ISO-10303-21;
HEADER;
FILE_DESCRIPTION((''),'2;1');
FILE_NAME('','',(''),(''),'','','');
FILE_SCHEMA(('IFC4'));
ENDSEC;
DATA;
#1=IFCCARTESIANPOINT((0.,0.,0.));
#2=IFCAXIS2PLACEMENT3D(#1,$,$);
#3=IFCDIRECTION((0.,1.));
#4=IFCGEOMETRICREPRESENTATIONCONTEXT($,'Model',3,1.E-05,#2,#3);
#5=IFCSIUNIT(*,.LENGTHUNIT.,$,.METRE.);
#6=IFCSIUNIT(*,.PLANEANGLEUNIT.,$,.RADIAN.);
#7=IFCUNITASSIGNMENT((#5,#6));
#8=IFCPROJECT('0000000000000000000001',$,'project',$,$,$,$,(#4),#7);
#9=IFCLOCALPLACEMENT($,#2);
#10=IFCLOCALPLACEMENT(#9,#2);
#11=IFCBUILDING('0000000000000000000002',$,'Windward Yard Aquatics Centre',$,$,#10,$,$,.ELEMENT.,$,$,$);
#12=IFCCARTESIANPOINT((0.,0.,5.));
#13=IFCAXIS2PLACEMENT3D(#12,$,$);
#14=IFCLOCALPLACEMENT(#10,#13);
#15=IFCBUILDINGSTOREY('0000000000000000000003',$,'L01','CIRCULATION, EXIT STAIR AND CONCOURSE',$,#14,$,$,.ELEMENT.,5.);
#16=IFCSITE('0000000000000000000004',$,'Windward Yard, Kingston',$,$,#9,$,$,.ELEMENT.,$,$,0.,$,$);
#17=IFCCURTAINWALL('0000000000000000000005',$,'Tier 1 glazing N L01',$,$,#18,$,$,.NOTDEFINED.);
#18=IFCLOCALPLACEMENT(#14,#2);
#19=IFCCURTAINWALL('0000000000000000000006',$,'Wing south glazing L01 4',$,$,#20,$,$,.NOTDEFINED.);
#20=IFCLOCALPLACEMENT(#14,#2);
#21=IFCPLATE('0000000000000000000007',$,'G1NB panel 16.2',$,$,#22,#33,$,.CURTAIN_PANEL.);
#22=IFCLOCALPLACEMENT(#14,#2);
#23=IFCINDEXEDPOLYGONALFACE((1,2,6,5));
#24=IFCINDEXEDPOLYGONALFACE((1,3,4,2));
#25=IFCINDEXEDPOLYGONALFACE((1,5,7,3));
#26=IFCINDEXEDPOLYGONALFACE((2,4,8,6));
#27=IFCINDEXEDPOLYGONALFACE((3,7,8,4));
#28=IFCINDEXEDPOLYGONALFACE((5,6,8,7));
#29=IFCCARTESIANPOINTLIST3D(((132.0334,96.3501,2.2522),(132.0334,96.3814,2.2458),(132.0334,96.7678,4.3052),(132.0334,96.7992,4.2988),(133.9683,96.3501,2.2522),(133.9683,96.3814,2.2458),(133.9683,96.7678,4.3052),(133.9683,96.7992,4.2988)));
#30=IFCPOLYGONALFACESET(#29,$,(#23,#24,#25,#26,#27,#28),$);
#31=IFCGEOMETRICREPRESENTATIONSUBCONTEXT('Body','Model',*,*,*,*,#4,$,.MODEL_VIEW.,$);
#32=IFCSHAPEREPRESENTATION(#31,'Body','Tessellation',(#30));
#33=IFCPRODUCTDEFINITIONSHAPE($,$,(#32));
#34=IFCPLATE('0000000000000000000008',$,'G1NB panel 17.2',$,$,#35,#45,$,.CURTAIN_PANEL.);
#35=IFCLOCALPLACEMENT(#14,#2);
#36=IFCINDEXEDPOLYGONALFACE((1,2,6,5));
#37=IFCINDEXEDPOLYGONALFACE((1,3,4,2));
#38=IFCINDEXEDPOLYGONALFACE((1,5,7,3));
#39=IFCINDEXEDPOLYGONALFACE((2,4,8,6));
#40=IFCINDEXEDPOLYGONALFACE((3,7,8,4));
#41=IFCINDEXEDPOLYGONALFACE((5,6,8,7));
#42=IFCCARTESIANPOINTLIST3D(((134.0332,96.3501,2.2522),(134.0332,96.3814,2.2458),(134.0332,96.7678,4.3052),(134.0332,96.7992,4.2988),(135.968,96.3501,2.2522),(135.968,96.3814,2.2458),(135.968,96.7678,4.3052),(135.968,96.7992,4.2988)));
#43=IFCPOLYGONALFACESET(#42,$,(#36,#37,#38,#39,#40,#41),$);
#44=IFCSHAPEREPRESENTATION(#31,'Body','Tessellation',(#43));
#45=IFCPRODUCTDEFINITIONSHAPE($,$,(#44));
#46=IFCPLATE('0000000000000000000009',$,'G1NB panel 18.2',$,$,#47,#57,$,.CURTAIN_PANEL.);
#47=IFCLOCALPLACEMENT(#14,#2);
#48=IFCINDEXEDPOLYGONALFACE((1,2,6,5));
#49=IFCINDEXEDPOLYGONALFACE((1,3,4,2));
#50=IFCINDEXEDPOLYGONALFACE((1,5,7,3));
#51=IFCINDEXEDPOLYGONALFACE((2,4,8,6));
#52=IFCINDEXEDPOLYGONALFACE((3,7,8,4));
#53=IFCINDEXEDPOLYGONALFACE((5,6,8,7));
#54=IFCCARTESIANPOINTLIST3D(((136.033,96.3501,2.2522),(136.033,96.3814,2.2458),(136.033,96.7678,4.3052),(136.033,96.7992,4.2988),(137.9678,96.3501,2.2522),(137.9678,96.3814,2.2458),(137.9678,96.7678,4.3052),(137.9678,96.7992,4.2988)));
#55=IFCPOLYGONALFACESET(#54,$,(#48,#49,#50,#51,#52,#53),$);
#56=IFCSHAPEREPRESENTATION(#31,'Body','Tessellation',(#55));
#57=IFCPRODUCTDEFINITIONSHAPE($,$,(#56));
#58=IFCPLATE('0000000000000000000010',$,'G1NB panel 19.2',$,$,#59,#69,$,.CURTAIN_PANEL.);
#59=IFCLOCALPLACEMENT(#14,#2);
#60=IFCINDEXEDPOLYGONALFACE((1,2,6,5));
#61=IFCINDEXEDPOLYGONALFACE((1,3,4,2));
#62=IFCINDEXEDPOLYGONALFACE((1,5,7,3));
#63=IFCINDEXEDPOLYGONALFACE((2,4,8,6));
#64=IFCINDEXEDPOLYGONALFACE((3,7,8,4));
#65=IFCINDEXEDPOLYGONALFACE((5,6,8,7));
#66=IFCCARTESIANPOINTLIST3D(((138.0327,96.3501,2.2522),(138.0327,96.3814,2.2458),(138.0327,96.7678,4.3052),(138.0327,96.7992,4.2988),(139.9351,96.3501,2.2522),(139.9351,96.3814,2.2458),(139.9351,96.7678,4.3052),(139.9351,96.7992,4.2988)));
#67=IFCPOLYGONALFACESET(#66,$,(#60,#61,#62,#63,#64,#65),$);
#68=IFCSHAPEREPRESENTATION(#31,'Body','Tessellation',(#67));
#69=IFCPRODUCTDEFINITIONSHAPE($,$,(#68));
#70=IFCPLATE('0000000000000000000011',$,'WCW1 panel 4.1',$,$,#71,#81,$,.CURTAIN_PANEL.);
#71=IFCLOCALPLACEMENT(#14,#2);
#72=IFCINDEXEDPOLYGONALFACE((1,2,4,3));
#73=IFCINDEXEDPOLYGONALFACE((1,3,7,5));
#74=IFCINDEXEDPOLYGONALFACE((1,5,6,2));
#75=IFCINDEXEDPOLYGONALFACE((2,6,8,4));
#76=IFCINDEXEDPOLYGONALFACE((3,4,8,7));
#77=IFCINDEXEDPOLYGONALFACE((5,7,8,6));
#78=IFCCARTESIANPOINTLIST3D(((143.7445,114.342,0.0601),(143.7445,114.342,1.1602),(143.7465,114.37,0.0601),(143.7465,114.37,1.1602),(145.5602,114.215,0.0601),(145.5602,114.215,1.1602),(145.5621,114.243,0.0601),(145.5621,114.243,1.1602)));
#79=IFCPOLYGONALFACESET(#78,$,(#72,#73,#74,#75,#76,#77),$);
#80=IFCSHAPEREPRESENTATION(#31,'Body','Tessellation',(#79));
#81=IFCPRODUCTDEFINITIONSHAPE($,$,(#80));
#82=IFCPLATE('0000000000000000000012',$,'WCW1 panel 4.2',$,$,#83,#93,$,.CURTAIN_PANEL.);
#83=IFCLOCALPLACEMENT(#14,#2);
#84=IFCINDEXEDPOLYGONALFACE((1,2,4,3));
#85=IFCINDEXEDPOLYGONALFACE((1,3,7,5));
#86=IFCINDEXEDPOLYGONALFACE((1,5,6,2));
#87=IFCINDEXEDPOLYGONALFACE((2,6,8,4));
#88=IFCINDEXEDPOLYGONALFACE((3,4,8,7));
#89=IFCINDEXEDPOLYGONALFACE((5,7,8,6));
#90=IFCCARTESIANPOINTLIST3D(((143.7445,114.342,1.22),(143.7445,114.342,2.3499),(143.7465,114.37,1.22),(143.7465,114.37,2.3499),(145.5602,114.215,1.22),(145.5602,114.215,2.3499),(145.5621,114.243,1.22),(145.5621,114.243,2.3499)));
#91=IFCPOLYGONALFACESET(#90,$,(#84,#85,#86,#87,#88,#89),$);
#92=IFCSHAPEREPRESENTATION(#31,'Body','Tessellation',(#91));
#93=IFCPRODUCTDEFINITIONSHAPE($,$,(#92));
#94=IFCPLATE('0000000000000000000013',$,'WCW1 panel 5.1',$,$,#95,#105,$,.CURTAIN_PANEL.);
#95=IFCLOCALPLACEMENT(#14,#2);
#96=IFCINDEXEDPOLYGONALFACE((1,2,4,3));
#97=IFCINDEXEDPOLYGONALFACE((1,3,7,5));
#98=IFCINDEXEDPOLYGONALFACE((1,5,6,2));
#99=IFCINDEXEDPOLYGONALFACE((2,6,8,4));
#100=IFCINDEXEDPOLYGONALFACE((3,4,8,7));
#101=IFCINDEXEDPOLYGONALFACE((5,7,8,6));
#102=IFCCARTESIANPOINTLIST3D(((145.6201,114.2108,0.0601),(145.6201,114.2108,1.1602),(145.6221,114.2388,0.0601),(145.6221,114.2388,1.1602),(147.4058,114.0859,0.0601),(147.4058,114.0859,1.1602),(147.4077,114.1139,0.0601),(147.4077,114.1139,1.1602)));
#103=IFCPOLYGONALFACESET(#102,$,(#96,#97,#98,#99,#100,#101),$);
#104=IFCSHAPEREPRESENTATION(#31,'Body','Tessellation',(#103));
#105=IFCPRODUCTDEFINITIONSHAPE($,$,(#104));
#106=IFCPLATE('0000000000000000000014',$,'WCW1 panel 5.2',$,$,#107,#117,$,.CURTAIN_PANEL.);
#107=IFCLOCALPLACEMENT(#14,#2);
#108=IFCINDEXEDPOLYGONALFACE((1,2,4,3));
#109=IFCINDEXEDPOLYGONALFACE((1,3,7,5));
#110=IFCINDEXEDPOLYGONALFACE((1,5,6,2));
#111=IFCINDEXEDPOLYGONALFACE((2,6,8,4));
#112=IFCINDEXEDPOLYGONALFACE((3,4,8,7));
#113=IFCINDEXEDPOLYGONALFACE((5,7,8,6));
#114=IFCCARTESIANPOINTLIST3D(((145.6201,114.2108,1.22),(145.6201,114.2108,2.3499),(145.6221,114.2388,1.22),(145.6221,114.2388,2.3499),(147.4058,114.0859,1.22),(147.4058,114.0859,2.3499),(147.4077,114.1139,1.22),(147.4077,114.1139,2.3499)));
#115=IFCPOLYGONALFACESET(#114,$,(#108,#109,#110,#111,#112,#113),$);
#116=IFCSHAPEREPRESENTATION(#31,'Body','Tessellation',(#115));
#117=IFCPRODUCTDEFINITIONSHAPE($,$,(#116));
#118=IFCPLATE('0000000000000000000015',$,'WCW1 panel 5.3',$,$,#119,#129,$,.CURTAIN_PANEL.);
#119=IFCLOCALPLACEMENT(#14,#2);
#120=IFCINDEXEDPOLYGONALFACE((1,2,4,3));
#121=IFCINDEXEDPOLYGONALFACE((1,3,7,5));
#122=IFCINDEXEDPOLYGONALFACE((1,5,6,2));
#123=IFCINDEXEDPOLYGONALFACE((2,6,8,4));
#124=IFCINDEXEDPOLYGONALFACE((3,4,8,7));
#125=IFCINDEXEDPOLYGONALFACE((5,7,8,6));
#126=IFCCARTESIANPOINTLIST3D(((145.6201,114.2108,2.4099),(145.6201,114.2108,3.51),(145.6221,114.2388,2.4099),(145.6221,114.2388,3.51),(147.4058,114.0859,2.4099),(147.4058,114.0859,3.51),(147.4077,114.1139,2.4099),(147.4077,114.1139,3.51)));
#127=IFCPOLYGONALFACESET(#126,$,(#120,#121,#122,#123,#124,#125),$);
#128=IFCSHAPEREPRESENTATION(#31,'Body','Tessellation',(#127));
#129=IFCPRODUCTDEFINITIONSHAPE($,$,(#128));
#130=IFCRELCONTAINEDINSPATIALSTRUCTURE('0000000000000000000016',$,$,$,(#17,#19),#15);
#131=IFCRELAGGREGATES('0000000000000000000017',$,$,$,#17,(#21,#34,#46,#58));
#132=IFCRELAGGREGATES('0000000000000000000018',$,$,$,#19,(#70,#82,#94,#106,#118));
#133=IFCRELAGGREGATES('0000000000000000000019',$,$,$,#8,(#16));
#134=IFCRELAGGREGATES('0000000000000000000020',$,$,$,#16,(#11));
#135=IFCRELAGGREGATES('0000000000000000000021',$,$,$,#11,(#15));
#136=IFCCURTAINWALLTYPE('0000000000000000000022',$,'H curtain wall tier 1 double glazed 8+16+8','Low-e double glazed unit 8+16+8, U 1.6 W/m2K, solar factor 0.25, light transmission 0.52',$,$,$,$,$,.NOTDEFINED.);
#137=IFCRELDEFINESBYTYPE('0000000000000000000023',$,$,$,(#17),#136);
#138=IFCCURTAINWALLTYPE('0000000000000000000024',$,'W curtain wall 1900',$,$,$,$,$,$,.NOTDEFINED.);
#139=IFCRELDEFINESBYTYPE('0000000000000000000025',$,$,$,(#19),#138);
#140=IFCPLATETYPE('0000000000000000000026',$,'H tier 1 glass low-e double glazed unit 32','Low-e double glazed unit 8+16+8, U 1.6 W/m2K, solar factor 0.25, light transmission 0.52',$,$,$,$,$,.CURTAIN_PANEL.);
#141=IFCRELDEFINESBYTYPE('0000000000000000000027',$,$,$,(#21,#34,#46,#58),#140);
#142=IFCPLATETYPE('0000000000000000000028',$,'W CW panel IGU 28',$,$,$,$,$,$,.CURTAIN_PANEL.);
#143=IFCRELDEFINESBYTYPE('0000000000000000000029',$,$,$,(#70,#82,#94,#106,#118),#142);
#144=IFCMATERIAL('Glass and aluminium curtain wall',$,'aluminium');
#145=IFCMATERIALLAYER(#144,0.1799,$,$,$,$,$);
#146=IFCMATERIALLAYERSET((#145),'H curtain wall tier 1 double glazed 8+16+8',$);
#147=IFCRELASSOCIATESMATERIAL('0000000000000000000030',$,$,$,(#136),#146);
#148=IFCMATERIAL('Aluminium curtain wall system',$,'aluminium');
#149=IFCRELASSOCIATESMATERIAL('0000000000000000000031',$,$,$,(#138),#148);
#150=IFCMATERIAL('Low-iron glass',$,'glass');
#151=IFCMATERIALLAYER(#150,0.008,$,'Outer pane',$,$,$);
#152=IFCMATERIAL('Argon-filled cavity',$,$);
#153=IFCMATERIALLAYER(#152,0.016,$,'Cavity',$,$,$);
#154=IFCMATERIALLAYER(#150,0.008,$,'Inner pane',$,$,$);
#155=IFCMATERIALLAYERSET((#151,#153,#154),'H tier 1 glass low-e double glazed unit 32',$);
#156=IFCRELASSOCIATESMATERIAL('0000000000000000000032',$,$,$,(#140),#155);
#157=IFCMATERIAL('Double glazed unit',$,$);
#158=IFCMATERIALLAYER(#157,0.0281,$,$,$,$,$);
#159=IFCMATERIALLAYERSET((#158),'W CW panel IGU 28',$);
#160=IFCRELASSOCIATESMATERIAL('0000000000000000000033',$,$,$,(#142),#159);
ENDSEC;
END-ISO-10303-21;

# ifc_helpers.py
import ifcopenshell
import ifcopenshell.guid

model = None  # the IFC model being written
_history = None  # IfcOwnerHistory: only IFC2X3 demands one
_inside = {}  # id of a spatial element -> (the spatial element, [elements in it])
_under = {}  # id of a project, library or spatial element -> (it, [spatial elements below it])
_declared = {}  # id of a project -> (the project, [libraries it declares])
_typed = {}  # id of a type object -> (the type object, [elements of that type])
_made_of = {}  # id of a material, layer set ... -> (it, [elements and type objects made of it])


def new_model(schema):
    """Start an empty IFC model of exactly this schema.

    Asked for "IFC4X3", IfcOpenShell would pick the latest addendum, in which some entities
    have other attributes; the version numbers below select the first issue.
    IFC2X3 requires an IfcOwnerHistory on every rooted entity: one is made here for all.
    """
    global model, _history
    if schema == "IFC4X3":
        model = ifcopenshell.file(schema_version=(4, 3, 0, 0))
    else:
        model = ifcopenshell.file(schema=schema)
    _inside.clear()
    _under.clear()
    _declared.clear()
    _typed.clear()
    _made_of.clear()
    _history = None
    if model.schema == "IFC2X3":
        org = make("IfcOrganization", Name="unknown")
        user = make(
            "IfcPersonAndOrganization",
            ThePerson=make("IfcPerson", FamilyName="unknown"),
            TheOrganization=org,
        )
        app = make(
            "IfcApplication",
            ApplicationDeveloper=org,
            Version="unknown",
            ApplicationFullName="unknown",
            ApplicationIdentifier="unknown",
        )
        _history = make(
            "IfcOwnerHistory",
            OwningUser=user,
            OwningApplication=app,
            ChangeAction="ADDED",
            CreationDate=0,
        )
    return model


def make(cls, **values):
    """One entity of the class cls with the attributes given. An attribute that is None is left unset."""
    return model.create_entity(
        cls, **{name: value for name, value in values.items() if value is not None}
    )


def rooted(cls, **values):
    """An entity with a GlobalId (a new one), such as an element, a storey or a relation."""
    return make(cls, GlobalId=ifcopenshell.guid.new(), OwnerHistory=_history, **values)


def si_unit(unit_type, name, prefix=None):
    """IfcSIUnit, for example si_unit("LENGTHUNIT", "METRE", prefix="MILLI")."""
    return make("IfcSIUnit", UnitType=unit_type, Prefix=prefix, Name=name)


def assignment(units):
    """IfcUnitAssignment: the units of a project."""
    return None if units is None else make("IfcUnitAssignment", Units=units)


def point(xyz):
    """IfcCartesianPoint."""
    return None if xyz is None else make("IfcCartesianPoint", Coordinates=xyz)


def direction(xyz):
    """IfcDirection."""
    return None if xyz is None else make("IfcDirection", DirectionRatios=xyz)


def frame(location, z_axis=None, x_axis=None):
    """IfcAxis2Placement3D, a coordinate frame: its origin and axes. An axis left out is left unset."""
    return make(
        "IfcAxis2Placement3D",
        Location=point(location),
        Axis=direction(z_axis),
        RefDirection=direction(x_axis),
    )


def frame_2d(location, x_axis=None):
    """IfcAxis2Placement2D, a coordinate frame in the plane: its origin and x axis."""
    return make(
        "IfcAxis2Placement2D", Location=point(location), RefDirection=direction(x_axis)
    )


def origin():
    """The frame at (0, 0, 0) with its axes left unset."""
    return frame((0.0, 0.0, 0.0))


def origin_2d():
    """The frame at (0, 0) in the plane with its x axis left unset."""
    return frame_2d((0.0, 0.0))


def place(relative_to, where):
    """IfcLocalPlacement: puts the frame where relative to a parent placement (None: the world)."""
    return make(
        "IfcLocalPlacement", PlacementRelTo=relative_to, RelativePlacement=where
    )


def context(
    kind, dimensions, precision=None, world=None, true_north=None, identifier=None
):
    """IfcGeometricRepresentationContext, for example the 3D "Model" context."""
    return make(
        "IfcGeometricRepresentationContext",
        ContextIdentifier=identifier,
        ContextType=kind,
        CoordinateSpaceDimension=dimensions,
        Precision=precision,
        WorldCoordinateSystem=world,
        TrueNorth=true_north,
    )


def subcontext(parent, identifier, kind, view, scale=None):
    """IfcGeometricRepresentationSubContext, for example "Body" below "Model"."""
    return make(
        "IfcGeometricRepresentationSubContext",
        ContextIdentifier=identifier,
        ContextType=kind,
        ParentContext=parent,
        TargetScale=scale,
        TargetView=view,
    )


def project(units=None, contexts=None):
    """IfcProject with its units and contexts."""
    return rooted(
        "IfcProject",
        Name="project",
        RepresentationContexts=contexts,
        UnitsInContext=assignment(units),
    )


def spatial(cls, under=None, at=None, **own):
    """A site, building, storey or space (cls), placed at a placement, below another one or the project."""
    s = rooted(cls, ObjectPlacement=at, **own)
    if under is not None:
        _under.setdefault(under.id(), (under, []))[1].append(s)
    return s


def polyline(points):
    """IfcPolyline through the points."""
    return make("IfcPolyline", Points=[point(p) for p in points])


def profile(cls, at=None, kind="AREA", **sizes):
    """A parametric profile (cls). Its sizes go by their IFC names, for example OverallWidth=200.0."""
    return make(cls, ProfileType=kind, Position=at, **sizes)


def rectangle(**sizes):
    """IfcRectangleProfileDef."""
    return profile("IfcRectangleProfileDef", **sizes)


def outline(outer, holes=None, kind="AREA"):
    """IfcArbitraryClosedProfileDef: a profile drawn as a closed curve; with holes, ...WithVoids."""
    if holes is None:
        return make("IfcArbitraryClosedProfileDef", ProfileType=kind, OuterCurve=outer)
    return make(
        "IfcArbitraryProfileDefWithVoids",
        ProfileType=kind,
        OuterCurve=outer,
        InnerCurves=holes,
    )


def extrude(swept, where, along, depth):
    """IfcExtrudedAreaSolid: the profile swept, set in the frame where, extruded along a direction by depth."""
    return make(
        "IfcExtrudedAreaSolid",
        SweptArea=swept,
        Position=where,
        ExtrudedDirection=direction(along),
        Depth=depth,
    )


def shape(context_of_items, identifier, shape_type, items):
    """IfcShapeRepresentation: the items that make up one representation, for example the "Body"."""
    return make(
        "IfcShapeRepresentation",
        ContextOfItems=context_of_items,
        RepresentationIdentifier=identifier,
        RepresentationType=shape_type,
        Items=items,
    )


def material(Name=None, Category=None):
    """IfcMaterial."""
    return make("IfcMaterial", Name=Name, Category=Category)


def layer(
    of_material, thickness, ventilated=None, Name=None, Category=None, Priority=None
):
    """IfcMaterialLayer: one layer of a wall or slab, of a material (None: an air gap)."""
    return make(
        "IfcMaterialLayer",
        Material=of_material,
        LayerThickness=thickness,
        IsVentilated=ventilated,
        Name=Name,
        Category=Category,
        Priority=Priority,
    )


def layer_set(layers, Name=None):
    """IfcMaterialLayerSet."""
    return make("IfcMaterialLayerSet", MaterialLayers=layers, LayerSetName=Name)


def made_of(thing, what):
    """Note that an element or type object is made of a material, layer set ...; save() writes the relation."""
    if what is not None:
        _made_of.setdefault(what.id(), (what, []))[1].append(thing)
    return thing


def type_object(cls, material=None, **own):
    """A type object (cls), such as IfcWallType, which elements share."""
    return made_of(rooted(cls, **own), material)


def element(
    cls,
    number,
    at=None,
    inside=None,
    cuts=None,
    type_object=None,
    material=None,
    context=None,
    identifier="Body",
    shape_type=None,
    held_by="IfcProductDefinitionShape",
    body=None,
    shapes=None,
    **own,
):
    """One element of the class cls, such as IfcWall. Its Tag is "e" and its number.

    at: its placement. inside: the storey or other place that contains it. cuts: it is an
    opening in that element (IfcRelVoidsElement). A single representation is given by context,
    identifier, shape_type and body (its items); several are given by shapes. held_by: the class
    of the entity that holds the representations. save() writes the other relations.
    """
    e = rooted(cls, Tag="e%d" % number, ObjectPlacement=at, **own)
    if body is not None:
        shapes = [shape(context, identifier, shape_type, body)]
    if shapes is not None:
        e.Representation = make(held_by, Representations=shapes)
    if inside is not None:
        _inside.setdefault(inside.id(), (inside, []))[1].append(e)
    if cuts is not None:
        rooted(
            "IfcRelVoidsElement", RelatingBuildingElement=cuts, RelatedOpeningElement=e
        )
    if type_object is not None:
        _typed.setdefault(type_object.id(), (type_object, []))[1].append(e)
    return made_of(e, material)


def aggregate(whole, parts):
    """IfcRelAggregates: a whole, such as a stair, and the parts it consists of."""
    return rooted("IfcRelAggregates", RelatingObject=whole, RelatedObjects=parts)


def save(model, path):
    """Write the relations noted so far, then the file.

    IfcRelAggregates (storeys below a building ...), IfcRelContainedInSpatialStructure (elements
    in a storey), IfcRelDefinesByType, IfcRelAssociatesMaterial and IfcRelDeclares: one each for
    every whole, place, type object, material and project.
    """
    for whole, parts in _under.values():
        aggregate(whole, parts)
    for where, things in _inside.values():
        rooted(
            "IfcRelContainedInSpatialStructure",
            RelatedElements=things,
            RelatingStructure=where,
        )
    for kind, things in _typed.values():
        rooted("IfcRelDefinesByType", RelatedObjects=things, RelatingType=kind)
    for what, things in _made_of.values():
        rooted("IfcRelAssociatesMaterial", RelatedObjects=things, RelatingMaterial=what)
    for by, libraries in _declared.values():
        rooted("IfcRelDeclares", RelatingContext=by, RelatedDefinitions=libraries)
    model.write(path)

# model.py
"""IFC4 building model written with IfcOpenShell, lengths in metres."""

from ifc_helpers import new_model, si_unit, direction, frame, origin, origin_2d, place, context, subcontext, project, spatial, polyline, rectangle, outline, extrude, material, layer, layer_set, type_object, element, aggregate, save


model = new_model("IFC4")

# Units and contexts
model_context = context("Model", 3, precision=1e-05, world=origin(), true_north=direction((0.0, 1.0)))
body_context = subcontext(model_context, "Body", "Model", "MODEL_VIEW")
ifc_project = project(units=[si_unit("LENGTHUNIT", "METRE"), si_unit("PLANEANGLEUNIT", "RADIAN")], contexts=[model_context])

# Site, building, storey
site_placement = place(None, origin())
site = spatial("IfcSite", under=ifc_project, at=site_placement, Name="Windward Yard, Kingston", CompositionType="ELEMENT", RefElevation=0.0)
building_placement = place(site_placement, origin())
building = spatial("IfcBuilding", under=site, at=building_placement, Name="Windward Yard Aquatics Centre", CompositionType="ELEMENT")
storey_placement = place(building_placement, frame((0.0, 0.0, 5.0)))
storey = spatial("IfcBuildingStorey", under=building, at=storey_placement, Name="L01", Description="CIRCULATION, EXIT STAIR AND CONCOURSE", CompositionType="ELEMENT", Elevation=5.0)

# Curtain walls
ifc_material_1 = material(Name="Glass and aluminium curtain wall", Category="aluminium")
ifc_layer_1 = layer(ifc_material_1, 0.1799)
ifc_layer_set_1 = layer_set([ifc_layer_1], Name="H curtain wall tier 1 double glazed 8+16+8")
curtain_wall_type_1 = type_object("IfcCurtainWallType", Name="H curtain wall tier 1 double glazed 8+16+8", Description="Low-e double glazed unit 8+16+8, U 1.6 W/m2K, solar factor 0.25, light transmission 0.52", PredefinedType="NOTDEFINED", material=ifc_layer_set_1)
curtain_wall_1_placement = place(storey_placement, origin())
curtain_wall_1 = element("IfcCurtainWall", 1, at=curtain_wall_1_placement, inside=storey, type_object=curtain_wall_type_1, Name="Tier 1 glazing N L01", PredefinedType="NOTDEFINED")
ifc_material_2 = material(Name="Aluminium curtain wall system", Category="aluminium")
curtain_wall_type_2 = type_object("IfcCurtainWallType", Name="W curtain wall 1900", PredefinedType="NOTDEFINED", material=ifc_material_2)
curtain_wall_2_placement = place(storey_placement, origin())
curtain_wall_2 = element("IfcCurtainWall", 2, at=curtain_wall_2_placement, inside=storey, type_object=curtain_wall_type_2, Name="Wing south glazing L01 4", PredefinedType="NOTDEFINED")

# Plates
ifc_material_3 = material(Name="Low-iron glass", Category="glass")
ifc_layer_2 = layer(ifc_material_3, 0.008, Name="Outer pane")
ifc_material_4 = material(Name="Argon-filled cavity")
ifc_layer_3 = layer(ifc_material_4, 0.016, Name="Cavity")
ifc_layer_4 = layer(ifc_material_3, 0.008, Name="Inner pane")
ifc_layer_set_2 = layer_set([ifc_layer_2, ifc_layer_3, ifc_layer_4], Name="H tier 1 glass low-e double glazed unit 32")
plate_type_1 = type_object("IfcPlateType", Name="H tier 1 glass low-e double glazed unit 32", Description="Low-e double glazed unit 8+16+8, U 1.6 W/m2K, solar factor 0.25, light transmission 0.52", PredefinedType="CURTAIN_PANEL", material=ifc_layer_set_2)
plate_1_placement = place(storey_placement, frame((132.0334, 96.3501, 2.2522), z_axis=(0.0, -0.979921, 0.199387), x_axis=(1.0, 0.0, 0.0)))
plate_1 = element("IfcPlate", 3, at=plate_1_placement, type_object=plate_type_1, Name="G1NB panel 16.2", PredefinedType="CURTAIN_PANEL", context=body_context, shape_type="SweptSolid", body=[
    extrude(outline(polyline([(0.0, 0.0), (1.9348, 0.0), (1.9348, 2.095), (0.0, 2.095), (0.0, 0.0)])), origin(), (0.0, 0.0, -1.0), 0.032),
])
plate_2_placement = place(storey_placement, frame((134.0332, 96.3501, 2.2522), z_axis=(0.0, -0.979921, 0.199387), x_axis=(1.0, 0.0, 0.0)))
plate_2 = element("IfcPlate", 4, at=plate_2_placement, type_object=plate_type_1, Name="G1NB panel 17.2", PredefinedType="CURTAIN_PANEL", context=body_context, shape_type="SweptSolid", body=[
    extrude(outline(polyline([(0.0, 0.0), (1.9348, 0.0), (1.9348, 2.095), (0.0, 2.095), (0.0, 0.0)])), origin(), (0.0, 0.0, -1.0), 0.032),
])
plate_3_placement = place(storey_placement, frame((136.033, 96.3501, 2.2522), z_axis=(0.0, -0.979921, 0.199387), x_axis=(1.0, 0.0, 0.0)))
plate_3 = element("IfcPlate", 5, at=plate_3_placement, type_object=plate_type_1, Name="G1NB panel 18.2", PredefinedType="CURTAIN_PANEL", context=body_context, shape_type="SweptSolid", body=[
    extrude(outline(polyline([(0.0, 0.0), (1.9348, 0.0), (1.9348, 2.095), (0.0, 2.095), (0.0, 0.0)])), origin(), (0.0, 0.0, -1.0), 0.032),
])
plate_4_placement = place(storey_placement, frame((138.0327, 96.3501, 2.2522), z_axis=(0.0, -0.979921, 0.199387), x_axis=(1.0, 0.0, 0.0)))
plate_4 = element("IfcPlate", 6, at=plate_4_placement, type_object=plate_type_1, Name="G1NB panel 19.2", PredefinedType="CURTAIN_PANEL", context=body_context, shape_type="SweptSolid", body=[
    extrude(outline(polyline([(0.0, 0.0), (1.9023, 0.0), (1.9023, 2.095), (0.0, 2.095), (0.0, 0.0)])), origin(), (0.0, 0.0, -1.0), 0.032),
])
aggregate(curtain_wall_1, [plate_1, plate_2, plate_3, plate_4])
ifc_material_5 = material(Name="Double glazed unit")
ifc_layer_5 = layer(ifc_material_5, 0.0281)
ifc_layer_set_3 = layer_set([ifc_layer_5], Name="W CW panel IGU 28")
plate_type_2 = type_object("IfcPlateType", Name="W CW panel IGU 28", PredefinedType="CURTAIN_PANEL", material=ifc_layer_set_3)
plate_5_placement = place(storey_placement, frame((144.6533, 114.2925, 0.0601), z_axis=(0.0, 0.0, 1.0), x_axis=(0.997564, -0.069755, 0.0)))
plate_5 = element("IfcPlate", 7, at=plate_5_placement, type_object=plate_type_2, Name="WCW1 panel 4.1", PredefinedType="CURTAIN_PANEL", context=body_context, shape_type="SweptSolid", body=[
    extrude(rectangle(XDim=1.8201, YDim=0.0281, at=origin_2d()), origin(), (0.0, 0.0, 1.0), 1.1001),
])
plate_6_placement = place(storey_placement, frame((144.6533, 114.2925, 1.22), z_axis=(0.0, 0.0, 1.0), x_axis=(0.997564, -0.069755, 0.0)))
plate_6 = element("IfcPlate", 8, at=plate_6_placement, type_object=plate_type_2, Name="WCW1 panel 4.2", PredefinedType="CURTAIN_PANEL", context=body_context, shape_type="SweptSolid", body=[
    extrude(rectangle(XDim=1.8201, YDim=0.0281, at=origin_2d()), origin(), (0.0, 0.0, 1.0), 1.1299),
])
plate_7_placement = place(storey_placement, frame((146.5139, 114.1624, 0.0601), z_axis=(0.0, 0.0, 1.0), x_axis=(0.997564, -0.069755, 0.0)))
plate_7 = element("IfcPlate", 9, at=plate_7_placement, type_object=plate_type_2, Name="WCW1 panel 5.1", PredefinedType="CURTAIN_PANEL", context=body_context, shape_type="SweptSolid", body=[
    extrude(rectangle(XDim=1.79, YDim=0.0281, at=origin_2d()), origin(), (0.0, 0.0, 1.0), 1.1001),
])
plate_8_placement = place(storey_placement, frame((146.5139, 114.1624, 1.22), z_axis=(0.0, 0.0, 1.0), x_axis=(0.997564, -0.069755, 0.0)))
plate_8 = element("IfcPlate", 10, at=plate_8_placement, type_object=plate_type_2, Name="WCW1 panel 5.2", PredefinedType="CURTAIN_PANEL", context=body_context, shape_type="SweptSolid", body=[
    extrude(rectangle(XDim=1.79, YDim=0.0281, at=origin_2d()), origin(), (0.0, 0.0, 1.0), 1.1299),
])
plate_9_placement = place(storey_placement, frame((146.5139, 114.1624, 2.4099), z_axis=(0.0, 0.0, 1.0), x_axis=(0.997564, -0.069755, 0.0)))
plate_9 = element("IfcPlate", 11, at=plate_9_placement, type_object=plate_type_2, Name="WCW1 panel 5.3", PredefinedType="CURTAIN_PANEL", context=body_context, shape_type="SweptSolid", body=[
    extrude(rectangle(XDim=1.79, YDim=0.0281, at=origin_2d()), origin(), (0.0, 0.0, 1.0), 1.1001),
])
aggregate(curtain_wall_2, [plate_5, plate_6, plate_7, plate_8, plate_9])

save(model, "model.ifc")
